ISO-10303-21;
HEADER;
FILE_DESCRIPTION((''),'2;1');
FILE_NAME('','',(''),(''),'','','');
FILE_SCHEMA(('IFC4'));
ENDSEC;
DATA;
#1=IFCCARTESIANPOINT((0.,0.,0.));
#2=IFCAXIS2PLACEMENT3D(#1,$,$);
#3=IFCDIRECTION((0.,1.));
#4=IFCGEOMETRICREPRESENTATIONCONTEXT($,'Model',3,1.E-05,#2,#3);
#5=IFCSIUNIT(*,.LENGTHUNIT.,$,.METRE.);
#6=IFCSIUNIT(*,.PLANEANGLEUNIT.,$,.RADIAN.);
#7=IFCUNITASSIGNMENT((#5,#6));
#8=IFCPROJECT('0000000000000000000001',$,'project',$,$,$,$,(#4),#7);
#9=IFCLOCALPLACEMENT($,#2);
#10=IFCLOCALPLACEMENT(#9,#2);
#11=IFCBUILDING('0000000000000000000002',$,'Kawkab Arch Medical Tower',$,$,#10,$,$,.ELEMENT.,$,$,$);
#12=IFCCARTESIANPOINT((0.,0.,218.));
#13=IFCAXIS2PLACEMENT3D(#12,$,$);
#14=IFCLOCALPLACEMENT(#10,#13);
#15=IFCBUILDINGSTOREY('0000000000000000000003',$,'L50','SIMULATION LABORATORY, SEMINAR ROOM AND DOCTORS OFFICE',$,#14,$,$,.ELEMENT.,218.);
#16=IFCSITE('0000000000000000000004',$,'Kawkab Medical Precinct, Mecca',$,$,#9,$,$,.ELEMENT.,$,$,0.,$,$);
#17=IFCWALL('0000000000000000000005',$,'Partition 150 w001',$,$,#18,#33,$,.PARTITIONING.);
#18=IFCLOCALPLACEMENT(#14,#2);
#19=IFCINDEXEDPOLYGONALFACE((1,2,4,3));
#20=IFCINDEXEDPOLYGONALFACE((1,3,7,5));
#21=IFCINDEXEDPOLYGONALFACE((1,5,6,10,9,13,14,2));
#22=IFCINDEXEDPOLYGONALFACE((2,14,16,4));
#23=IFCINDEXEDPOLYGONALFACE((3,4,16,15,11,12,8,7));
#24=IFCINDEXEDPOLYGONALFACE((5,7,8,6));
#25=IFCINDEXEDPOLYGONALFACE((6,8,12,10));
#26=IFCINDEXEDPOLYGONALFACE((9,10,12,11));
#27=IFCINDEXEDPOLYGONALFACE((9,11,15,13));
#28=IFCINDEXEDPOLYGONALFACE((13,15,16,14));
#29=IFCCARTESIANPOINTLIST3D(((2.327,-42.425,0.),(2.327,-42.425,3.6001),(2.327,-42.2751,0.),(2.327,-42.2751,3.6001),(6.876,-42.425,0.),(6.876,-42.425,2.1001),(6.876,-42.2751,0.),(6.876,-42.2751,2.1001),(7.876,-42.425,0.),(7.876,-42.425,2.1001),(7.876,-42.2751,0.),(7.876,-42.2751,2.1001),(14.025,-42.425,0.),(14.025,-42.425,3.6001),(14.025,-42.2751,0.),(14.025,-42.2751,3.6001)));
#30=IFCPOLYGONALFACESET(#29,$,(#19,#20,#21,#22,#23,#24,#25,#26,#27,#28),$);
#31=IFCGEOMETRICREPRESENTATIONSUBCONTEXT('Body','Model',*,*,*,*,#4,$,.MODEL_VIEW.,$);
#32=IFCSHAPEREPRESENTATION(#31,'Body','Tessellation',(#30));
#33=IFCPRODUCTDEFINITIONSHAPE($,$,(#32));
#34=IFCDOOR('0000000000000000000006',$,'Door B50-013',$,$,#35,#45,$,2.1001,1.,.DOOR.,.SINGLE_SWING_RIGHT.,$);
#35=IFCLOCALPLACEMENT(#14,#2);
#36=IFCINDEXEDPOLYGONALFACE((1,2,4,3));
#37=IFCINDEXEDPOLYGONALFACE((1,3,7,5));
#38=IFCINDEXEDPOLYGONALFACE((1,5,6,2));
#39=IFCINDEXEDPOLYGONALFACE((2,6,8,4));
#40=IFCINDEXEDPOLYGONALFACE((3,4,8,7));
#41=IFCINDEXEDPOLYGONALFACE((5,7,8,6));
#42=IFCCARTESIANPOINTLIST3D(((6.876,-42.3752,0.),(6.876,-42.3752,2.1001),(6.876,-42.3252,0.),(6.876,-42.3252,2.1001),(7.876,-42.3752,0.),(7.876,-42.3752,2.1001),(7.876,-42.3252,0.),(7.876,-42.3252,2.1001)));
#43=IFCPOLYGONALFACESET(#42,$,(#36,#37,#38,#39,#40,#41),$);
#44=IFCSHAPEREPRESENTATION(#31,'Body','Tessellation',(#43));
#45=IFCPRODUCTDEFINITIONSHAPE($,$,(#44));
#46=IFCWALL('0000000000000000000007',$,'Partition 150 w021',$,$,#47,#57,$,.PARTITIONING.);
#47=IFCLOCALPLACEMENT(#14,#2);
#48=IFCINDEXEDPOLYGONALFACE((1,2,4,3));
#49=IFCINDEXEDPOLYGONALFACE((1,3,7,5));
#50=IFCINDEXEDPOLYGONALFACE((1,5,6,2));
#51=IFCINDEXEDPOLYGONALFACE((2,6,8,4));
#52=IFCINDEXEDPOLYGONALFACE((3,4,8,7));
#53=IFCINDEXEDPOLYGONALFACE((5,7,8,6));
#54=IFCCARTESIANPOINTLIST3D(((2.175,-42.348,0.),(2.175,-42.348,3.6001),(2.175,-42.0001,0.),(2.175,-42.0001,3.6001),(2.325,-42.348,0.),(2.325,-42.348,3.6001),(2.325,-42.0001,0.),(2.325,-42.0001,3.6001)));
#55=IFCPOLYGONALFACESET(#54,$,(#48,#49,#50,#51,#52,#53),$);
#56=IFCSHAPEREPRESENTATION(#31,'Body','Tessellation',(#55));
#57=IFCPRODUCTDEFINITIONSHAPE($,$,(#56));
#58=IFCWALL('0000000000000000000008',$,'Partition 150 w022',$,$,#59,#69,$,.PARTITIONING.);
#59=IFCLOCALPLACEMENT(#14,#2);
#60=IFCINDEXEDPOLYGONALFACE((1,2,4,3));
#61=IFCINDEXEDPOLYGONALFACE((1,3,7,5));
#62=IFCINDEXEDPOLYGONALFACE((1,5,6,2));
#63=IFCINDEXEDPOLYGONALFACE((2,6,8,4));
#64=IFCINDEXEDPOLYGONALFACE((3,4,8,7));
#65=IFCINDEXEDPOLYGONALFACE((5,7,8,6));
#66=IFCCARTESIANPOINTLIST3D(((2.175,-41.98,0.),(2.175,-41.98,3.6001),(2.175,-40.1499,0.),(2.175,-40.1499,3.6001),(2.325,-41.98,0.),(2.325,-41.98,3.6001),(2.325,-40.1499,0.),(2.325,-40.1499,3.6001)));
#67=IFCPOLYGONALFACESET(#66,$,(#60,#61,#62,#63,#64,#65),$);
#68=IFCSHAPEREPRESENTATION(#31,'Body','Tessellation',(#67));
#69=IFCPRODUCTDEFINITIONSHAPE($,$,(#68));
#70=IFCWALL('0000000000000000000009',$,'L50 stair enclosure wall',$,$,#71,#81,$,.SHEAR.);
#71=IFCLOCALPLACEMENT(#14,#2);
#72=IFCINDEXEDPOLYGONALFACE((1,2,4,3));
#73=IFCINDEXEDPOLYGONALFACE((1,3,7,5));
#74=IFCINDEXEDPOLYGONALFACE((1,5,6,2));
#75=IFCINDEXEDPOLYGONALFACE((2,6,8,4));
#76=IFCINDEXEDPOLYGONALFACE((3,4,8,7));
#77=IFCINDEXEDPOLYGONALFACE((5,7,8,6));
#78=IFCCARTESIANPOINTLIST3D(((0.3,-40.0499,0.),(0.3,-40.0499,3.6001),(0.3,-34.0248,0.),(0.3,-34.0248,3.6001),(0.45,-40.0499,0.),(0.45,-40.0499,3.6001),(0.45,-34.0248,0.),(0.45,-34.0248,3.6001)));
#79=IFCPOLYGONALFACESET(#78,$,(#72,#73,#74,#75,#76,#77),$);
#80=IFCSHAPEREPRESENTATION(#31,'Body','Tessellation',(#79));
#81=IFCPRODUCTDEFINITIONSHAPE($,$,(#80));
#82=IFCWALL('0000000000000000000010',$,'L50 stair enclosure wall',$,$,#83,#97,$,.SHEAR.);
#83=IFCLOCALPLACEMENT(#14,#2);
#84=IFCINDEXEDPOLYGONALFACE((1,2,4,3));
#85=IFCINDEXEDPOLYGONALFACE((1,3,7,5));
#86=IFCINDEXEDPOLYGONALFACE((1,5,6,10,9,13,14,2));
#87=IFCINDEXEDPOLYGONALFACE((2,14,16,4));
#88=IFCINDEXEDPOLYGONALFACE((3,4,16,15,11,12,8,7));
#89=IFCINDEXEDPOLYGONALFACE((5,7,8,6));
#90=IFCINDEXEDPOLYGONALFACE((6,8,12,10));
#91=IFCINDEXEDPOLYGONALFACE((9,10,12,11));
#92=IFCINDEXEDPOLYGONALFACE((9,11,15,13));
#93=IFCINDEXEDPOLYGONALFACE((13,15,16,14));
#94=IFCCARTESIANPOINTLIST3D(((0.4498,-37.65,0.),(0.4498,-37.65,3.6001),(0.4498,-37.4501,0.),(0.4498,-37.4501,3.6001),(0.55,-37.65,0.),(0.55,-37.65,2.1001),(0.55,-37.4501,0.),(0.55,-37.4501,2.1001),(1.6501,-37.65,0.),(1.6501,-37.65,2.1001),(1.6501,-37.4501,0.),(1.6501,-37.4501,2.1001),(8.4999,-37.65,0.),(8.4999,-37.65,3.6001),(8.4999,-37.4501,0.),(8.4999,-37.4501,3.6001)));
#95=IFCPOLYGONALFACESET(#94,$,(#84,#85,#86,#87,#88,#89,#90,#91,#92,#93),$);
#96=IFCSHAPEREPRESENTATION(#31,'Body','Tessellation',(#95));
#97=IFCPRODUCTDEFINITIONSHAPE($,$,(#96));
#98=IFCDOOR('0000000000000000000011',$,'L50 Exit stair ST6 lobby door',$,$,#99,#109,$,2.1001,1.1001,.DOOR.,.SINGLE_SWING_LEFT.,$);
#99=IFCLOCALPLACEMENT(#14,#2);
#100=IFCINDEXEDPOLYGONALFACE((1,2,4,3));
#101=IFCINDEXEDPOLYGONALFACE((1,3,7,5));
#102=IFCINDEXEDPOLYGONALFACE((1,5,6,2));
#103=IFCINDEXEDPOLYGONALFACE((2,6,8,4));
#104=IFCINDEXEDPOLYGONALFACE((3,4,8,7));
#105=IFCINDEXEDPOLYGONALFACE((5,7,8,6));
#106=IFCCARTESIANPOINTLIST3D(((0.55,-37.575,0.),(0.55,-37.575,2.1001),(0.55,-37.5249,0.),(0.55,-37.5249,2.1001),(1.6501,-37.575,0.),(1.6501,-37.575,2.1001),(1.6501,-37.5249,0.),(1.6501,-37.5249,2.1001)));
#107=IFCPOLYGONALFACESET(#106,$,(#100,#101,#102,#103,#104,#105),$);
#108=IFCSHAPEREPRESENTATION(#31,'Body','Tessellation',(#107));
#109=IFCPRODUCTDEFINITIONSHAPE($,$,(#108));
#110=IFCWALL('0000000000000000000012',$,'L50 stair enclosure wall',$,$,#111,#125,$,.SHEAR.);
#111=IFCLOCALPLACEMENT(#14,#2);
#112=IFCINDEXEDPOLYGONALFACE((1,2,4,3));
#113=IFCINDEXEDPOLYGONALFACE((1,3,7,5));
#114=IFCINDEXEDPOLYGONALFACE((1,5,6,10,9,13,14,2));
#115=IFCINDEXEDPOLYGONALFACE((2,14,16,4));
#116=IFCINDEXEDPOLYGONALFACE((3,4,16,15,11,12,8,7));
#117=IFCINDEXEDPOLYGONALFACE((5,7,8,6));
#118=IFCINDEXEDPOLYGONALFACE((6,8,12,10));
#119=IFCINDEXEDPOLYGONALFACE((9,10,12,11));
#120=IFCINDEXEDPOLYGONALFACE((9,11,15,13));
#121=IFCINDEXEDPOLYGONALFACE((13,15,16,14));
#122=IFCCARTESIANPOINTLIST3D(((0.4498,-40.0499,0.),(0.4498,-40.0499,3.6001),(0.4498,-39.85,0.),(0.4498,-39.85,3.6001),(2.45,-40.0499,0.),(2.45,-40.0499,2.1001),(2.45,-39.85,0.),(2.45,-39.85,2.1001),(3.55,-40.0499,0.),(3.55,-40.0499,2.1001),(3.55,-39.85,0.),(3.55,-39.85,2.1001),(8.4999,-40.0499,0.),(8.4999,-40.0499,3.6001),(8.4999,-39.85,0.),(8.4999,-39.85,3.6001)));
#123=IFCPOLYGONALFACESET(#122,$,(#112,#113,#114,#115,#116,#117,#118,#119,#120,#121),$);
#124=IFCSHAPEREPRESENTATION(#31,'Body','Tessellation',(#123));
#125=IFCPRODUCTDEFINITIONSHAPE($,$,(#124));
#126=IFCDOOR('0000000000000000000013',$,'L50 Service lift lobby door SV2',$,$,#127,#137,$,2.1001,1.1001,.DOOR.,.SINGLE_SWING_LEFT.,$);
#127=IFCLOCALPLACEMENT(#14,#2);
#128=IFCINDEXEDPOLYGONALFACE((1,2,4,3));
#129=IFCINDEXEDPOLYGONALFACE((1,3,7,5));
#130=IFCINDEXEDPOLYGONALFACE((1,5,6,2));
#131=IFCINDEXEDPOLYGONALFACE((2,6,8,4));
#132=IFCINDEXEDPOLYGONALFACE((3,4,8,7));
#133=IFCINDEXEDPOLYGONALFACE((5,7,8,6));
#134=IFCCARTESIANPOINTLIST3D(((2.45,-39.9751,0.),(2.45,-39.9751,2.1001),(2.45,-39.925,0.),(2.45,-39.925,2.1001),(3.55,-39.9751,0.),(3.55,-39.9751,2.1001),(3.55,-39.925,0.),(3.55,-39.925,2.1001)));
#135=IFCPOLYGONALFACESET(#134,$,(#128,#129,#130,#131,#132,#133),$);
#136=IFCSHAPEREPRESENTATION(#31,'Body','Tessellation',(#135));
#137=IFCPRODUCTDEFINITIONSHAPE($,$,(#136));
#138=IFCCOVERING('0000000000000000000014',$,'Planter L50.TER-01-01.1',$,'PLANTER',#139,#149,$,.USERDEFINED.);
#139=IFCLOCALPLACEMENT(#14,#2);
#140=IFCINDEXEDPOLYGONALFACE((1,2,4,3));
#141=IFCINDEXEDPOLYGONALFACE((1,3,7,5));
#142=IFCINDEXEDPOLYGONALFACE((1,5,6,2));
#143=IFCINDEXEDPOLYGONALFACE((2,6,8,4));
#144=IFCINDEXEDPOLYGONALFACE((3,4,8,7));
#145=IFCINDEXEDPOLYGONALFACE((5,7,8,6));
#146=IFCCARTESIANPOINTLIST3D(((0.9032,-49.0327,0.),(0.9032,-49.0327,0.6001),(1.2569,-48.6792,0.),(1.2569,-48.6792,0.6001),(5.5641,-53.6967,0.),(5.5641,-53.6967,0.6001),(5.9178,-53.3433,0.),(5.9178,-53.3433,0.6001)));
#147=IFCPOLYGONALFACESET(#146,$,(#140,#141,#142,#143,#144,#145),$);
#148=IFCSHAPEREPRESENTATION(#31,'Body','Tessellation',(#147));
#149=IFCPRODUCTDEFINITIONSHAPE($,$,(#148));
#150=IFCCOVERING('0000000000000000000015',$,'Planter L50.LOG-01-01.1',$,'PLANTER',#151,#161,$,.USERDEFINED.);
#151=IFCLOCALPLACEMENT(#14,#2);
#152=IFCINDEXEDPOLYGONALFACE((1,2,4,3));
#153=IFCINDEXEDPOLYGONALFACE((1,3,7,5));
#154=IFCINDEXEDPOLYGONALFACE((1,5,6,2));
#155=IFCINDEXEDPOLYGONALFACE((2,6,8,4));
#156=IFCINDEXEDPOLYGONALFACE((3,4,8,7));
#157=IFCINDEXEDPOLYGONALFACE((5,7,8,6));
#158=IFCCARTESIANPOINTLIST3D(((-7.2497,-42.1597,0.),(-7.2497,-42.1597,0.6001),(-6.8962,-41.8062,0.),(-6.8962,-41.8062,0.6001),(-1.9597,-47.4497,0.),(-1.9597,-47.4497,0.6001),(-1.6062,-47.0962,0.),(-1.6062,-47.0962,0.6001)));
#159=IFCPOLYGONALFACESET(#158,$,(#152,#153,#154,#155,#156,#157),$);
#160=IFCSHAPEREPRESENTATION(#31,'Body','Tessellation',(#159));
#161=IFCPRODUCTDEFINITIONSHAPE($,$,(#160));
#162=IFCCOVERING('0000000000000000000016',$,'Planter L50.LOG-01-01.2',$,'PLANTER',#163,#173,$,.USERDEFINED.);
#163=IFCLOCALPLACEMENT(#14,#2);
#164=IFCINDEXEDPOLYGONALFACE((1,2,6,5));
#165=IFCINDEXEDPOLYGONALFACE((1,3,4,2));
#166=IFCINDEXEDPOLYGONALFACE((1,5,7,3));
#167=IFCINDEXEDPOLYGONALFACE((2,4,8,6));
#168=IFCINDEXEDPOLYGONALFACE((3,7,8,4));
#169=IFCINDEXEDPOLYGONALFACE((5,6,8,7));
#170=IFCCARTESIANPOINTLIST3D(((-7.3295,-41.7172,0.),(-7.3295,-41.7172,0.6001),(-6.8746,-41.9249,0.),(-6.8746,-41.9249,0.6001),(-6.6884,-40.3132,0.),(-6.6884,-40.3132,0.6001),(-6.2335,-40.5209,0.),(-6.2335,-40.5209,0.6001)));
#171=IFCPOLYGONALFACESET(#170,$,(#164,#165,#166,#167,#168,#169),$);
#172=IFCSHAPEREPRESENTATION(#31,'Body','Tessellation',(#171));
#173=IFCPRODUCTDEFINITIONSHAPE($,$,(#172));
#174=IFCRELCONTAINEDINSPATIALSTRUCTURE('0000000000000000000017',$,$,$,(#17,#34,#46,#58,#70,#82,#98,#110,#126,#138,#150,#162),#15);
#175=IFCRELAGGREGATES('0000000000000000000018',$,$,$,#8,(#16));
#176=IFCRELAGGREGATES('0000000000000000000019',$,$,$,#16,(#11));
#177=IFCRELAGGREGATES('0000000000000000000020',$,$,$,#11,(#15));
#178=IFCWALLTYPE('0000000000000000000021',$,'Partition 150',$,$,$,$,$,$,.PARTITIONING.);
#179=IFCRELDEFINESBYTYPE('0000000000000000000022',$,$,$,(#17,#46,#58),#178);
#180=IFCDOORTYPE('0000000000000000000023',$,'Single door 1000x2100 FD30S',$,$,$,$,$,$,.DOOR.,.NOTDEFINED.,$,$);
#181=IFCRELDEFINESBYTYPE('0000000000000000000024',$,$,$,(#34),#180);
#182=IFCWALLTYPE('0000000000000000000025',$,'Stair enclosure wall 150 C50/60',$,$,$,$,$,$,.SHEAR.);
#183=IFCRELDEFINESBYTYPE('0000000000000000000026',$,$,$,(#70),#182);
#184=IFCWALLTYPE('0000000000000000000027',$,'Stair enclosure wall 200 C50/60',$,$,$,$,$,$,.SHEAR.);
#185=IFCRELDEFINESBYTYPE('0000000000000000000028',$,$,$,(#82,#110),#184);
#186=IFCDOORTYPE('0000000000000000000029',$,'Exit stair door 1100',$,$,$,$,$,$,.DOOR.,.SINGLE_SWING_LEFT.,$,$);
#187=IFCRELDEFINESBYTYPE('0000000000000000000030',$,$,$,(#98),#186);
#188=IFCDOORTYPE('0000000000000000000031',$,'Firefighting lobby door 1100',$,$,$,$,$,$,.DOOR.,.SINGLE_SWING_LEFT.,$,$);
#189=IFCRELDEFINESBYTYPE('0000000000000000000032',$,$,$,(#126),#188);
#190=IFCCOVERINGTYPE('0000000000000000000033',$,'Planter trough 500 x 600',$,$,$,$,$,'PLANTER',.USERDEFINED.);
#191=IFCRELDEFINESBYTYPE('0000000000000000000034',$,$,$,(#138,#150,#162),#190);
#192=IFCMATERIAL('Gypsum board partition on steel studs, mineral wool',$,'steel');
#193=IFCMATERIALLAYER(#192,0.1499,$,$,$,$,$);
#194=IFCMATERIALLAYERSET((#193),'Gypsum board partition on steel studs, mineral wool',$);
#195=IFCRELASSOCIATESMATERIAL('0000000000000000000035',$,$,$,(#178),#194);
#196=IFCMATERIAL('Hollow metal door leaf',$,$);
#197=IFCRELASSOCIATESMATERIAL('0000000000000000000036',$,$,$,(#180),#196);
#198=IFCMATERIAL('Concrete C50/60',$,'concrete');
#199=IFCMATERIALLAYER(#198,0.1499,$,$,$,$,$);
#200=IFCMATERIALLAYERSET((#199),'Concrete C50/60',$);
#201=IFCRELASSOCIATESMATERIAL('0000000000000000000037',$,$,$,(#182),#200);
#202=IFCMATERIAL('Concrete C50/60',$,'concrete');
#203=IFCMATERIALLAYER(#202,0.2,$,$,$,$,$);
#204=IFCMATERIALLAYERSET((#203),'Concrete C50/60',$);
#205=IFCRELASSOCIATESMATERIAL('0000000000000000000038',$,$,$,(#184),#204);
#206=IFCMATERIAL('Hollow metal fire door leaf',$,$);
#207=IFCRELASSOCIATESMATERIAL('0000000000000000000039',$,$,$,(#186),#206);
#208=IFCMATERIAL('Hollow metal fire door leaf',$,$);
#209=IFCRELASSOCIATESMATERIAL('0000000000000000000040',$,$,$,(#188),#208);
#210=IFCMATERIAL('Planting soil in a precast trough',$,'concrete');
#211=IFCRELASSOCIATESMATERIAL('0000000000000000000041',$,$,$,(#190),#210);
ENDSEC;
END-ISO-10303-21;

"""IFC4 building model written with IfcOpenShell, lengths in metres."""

from ifc_helpers import new_model, si_unit, direction, frame, frame_2d, origin, origin_2d, place, context, subcontext, project, spatial, rectangle, extrude, material, layer, layer_set, material_profile, profile_set, type_object, element, fill, save


model = new_model("IFC4")

# Units and contexts
model_context = context("Model", 3, precision=1e-05, world=origin(), true_north=direction((0.0, 1.0)))
body_context = subcontext(model_context, "Body", "Model", "MODEL_VIEW")
ifc_project = project(units=[si_unit("LENGTHUNIT", "METRE"), si_unit("PLANEANGLEUNIT", "RADIAN")], contexts=[model_context])

# Site, building, storey
site_placement = place(None, origin())
site = spatial("IfcSite", under=ifc_project, at=site_placement, Name="Kawkab Medical Precinct, Mecca", CompositionType="ELEMENT", RefElevation=0.0)
building_placement = place(site_placement, origin())
building = spatial("IfcBuilding", under=site, at=building_placement, Name="Kawkab Arch Medical Tower", CompositionType="ELEMENT")
storey_placement = place(building_placement, frame((0.0, 0.0, 218.0)))
storey = spatial("IfcBuildingStorey", under=building, at=storey_placement, Name="L50", Description="SIMULATION LABORATORY, SEMINAR ROOM AND DOCTORS OFFICE", CompositionType="ELEMENT", Elevation=218.0)

# Wall, opening, door
ifc_material_1 = material(Name="Gypsum board partition on steel studs, mineral wool", Category="steel")
ifc_layer_1 = layer(ifc_material_1, 0.1499)
ifc_layer_set_1 = layer_set([ifc_layer_1], Name="Gypsum board partition on steel studs, mineral wool")
wall_type_1 = type_object("IfcWallType", Name="Partition 150", PredefinedType="PARTITIONING", material=ifc_layer_set_1)
wall_1_placement = place(storey_placement, frame((2.3269, -42.3501, 0.0), z_axis=(0.0, 0.0, 1.0), x_axis=(1.0, 0.0, 0.0)))
wall_1 = element("IfcWall", 1, at=wall_1_placement, inside=storey, type_object=wall_type_1, Name="Partition 150 w001", PredefinedType="PARTITIONING", context=body_context, shape_type="SweptSolid", body=[
    extrude(rectangle(XDim=11.698, YDim=0.1499, at=frame_2d((5.8491, 0.0))), origin(), (0.0, 0.0, 1.0), 3.6001),
])
opening_1_placement = place(wall_1_placement, frame((4.5491, 0.0, 0.0)))
opening_1 = element("IfcOpeningElement", 2, at=opening_1_placement, cuts=wall_1, PredefinedType="OPENING", context=body_context, shape_type="SweptSolid", body=[
    extrude(rectangle(XDim=1.0, YDim=2.1001, at=frame_2d((0.5, 1.05))), frame((0.0, 0.085, 0.0), z_axis=(0.0, -1.0, 0.0), x_axis=(1.0, 0.0, 0.0)), (0.0, 0.0, 1.0), 0.1699),
])
ifc_material_2 = material(Name="Hollow metal door leaf")
door_type_1 = type_object("IfcDoorType", Name="Single door 1000x2100 FD30S", OperationType="NOTDEFINED", PredefinedType="DOOR", material=ifc_material_2)
door_1_placement = place(opening_1_placement, origin())
door_1 = element("IfcDoor", 3, at=door_1_placement, inside=storey, type_object=door_type_1, Name="Door B50-013", OperationType="SINGLE_SWING_RIGHT", OverallHeight=2.1001, OverallWidth=1.0, PredefinedType="DOOR", context=body_context, shape_type="SweptSolid", body=[
    extrude(rectangle(XDim=1.0, YDim=2.1001, at=frame_2d((0.5, 1.05))), frame((0.0, 0.0249, 0.0), z_axis=(0.0, -1.0, 0.0), x_axis=(1.0, 0.0, 0.0)), (0.0, 0.0, 1.0), 0.05),
])
fill(opening_1, door_1)

# Walls
wall_2_placement = place(storey_placement, frame((2.25, -42.3479, 0.0), z_axis=(0.0, 0.0, 1.0), x_axis=(0.0, 1.0, 0.0)))
element("IfcWall", 4, at=wall_2_placement, inside=storey, type_object=wall_type_1, Name="Partition 150 w021", PredefinedType="PARTITIONING", context=body_context, shape_type="SweptSolid", body=[
    extrude(rectangle(XDim=0.3479, YDim=0.1499, at=frame_2d((0.1738, 0.0))), origin(), (0.0, 0.0, 1.0), 3.6001),
])
wall_3_placement = place(storey_placement, frame((2.25, -41.98, 0.0), z_axis=(0.0, 0.0, 1.0), x_axis=(0.0, 1.0, 0.0)))
element("IfcWall", 5, at=wall_3_placement, inside=storey, type_object=wall_type_1, Name="Partition 150 w022", PredefinedType="PARTITIONING", context=body_context, shape_type="SweptSolid", body=[
    extrude(rectangle(XDim=1.8301, YDim=0.1499, at=frame_2d((0.915, 0.0))), origin(), (0.0, 0.0, 1.0), 3.6001),
])
ifc_material_3 = material(Name="Concrete C50/60", Category="concrete")
ifc_layer_2 = layer(ifc_material_3, 0.1499)
ifc_layer_set_2 = layer_set([ifc_layer_2], Name="Concrete C50/60")
wall_type_2 = type_object("IfcWallType", Name="Stair enclosure wall 150 C50/60", PredefinedType="SHEAR", material=ifc_layer_set_2)
wall_4_placement = place(storey_placement, frame((0.375, -40.05, 0.0), z_axis=(0.0, 0.0, 1.0), x_axis=(0.0, 1.0, 0.0)))
element("IfcWall", 6, at=wall_4_placement, inside=storey, type_object=wall_type_2, Name="L50 stair enclosure wall", PredefinedType="SHEAR", context=body_context, shape_type="SweptSolid", body=[
    extrude(rectangle(XDim=6.0251, YDim=0.1499, at=frame_2d((3.0127, 0.0))), origin(), (0.0, 0.0, 1.0), 3.6001),
])

# Walls, openings, doors
ifc_material_4 = material(Name="Concrete C50/60", Category="concrete")
ifc_layer_3 = layer(ifc_material_4, 0.2)
ifc_layer_set_3 = layer_set([ifc_layer_3], Name="Concrete C50/60")
wall_type_3 = type_object("IfcWallType", Name="Stair enclosure wall 200 C50/60", PredefinedType="SHEAR", material=ifc_layer_set_3)
wall_5_placement = place(storey_placement, frame((0.45, -37.55, 0.0), z_axis=(0.0, 0.0, 1.0), x_axis=(1.0, 0.0, 0.0)))
wall_5 = element("IfcWall", 7, at=wall_5_placement, inside=storey, type_object=wall_type_3, Name="L50 stair enclosure wall", PredefinedType="SHEAR", context=body_context, shape_type="SweptSolid", body=[
    extrude(rectangle(XDim=8.05, YDim=0.2, at=frame_2d((4.0249, 0.0))), origin(), (0.0, 0.0, 1.0), 3.6001),
])
opening_2_placement = place(wall_5_placement, frame((0.1001, 0.0, 0.0)))
opening_2 = element("IfcOpeningElement", 8, at=opening_2_placement, cuts=wall_5, PredefinedType="OPENING", context=body_context, shape_type="SweptSolid", body=[
    extrude(rectangle(XDim=1.1001, YDim=2.1001, at=frame_2d((0.55, 1.05))), frame((0.0, 0.1099, 0.0), z_axis=(0.0, -1.0, 0.0), x_axis=(1.0, 0.0, 0.0)), (0.0, 0.0, 1.0), 0.22),
])
ifc_material_5 = material(Name="Hollow metal fire door leaf")
door_type_2 = type_object("IfcDoorType", Name="Exit stair door 1100", OperationType="SINGLE_SWING_LEFT", PredefinedType="DOOR", material=ifc_material_5)
door_2_placement = place(opening_2_placement, frame((1.1001, 0.0, 0.0), z_axis=(0.0, 0.0, 1.0), x_axis=(-1.0, 0.0, 0.0)))
door_2 = element("IfcDoor", 9, at=door_2_placement, inside=storey, type_object=door_type_2, Name="L50 Exit stair ST6 lobby door", OperationType="SINGLE_SWING_LEFT", OverallHeight=2.1001, OverallWidth=1.1001, PredefinedType="DOOR", context=body_context, shape_type="SweptSolid", body=[
    extrude(rectangle(XDim=1.1001, YDim=2.1001, at=frame_2d((0.55, 1.05))), frame((0.0, 0.0249, 0.0), z_axis=(0.0, -1.0, 0.0), x_axis=(1.0, 0.0, 0.0)), (0.0, 0.0, 1.0), 0.05),
])
fill(opening_2, door_2)
wall_6_placement = place(storey_placement, frame((0.45, -39.95, 0.0), z_axis=(0.0, 0.0, 1.0), x_axis=(1.0, 0.0, 0.0)))
wall_6 = element("IfcWall", 10, at=wall_6_placement, inside=storey, type_object=wall_type_3, Name="L50 stair enclosure wall", PredefinedType="SHEAR", context=body_context, shape_type="SweptSolid", body=[
    extrude(rectangle(XDim=8.05, YDim=0.2, at=frame_2d((4.0249, 0.0))), origin(), (0.0, 0.0, 1.0), 3.6001),
])
opening_3_placement = place(wall_6_placement, frame((2.0, 0.0, 0.0)))
opening_3 = element("IfcOpeningElement", 11, at=opening_3_placement, cuts=wall_6, PredefinedType="OPENING", context=body_context, shape_type="SweptSolid", body=[
    extrude(rectangle(XDim=1.1001, YDim=2.1001, at=frame_2d((0.55, 1.05))), frame((0.0, 0.1099, 0.0), z_axis=(0.0, -1.0, 0.0), x_axis=(1.0, 0.0, 0.0)), (0.0, 0.0, 1.0), 0.22),
])
ifc_material_6 = material(Name="Hollow metal fire door leaf")
door_type_3 = type_object("IfcDoorType", Name="Firefighting lobby door 1100", OperationType="SINGLE_SWING_LEFT", PredefinedType="DOOR", material=ifc_material_6)
door_3_placement = place(opening_3_placement, origin())
door_3 = element("IfcDoor", 12, at=door_3_placement, inside=storey, type_object=door_type_3, Name="L50 Service lift lobby door SV2", OperationType="SINGLE_SWING_LEFT", OverallHeight=2.1001, OverallWidth=1.1001, PredefinedType="DOOR", context=body_context, shape_type="SweptSolid", body=[
    extrude(rectangle(XDim=1.1001, YDim=2.1001, at=frame_2d((0.55, 1.05))), frame((0.0, 0.0249, 0.0), z_axis=(0.0, -1.0, 0.0), x_axis=(1.0, 0.0, 0.0)), (0.0, 0.0, 1.0), 0.05),
])
fill(opening_3, door_3)

# Coverings
ifc_material_7 = material(Name="Planting soil in a precast trough", Category="concrete")
ifc_material_profile_1 = material_profile(ifc_material_7, rectangle(XDim=0.5, YDim=0.6001, at=origin_2d()), Name="Trough 500x600")
ifc_profile_set_1 = profile_set([ifc_material_profile_1], Name="Planting soil in a precast trough")
covering_type = type_object("IfcCoveringType", Name="Planter trough 500 x 600", ElementType="PLANTER", PredefinedType="USERDEFINED", material=ifc_profile_set_1)
covering_1_placement = place(storey_placement, frame((1.0801, -48.856, 0.3), z_axis=(0.706866, -0.707347, 0.0), x_axis=(0.707347, 0.706866, 0.0)))
element("IfcCovering", 13, at=covering_1_placement, inside=storey, type_object=covering_type, Name="Planter L50.TER-01-01.1", ObjectType="PLANTER", PredefinedType="USERDEFINED", context=body_context, shape_type="SweptSolid", body=[
    extrude(rectangle(XDim=0.5, YDim=0.6001, at=origin_2d()), origin(), (0.0, 0.0, 1.0), 6.5938),
])
covering_2_placement = place(storey_placement, frame((-1.783, -47.2729, 0.3), z_axis=(-0.707107, 0.707107, 0.0), x_axis=(-0.707107, -0.707107, 0.0)))
element("IfcCovering", 14, at=covering_2_placement, inside=storey, type_object=covering_type, Name="Planter L50.LOG-01-01.1", ObjectType="PLANTER", PredefinedType="USERDEFINED", context=body_context, shape_type="SweptSolid", body=[
    extrude(rectangle(XDim=0.5, YDim=0.6001, at=origin_2d()), origin(), (0.0, 0.0, 1.0), 7.4812),
])
covering_3_placement = place(storey_placement, frame((-7.1021, -41.821, 0.3), z_axis=(0.415363, 0.909656, 0.0), x_axis=(-0.909656, 0.415363, 0.0)))
element("IfcCovering", 15, at=covering_3_placement, inside=storey, type_object=covering_type, Name="Planter L50.LOG-01-01.2", ObjectType="PLANTER", PredefinedType="USERDEFINED", context=body_context, shape_type="SweptSolid", body=[
    extrude(rectangle(XDim=0.5, YDim=0.6001, at=origin_2d()), origin(), (0.0, 0.0, 1.0), 1.5435),
])

save(model, "model.ifc")
